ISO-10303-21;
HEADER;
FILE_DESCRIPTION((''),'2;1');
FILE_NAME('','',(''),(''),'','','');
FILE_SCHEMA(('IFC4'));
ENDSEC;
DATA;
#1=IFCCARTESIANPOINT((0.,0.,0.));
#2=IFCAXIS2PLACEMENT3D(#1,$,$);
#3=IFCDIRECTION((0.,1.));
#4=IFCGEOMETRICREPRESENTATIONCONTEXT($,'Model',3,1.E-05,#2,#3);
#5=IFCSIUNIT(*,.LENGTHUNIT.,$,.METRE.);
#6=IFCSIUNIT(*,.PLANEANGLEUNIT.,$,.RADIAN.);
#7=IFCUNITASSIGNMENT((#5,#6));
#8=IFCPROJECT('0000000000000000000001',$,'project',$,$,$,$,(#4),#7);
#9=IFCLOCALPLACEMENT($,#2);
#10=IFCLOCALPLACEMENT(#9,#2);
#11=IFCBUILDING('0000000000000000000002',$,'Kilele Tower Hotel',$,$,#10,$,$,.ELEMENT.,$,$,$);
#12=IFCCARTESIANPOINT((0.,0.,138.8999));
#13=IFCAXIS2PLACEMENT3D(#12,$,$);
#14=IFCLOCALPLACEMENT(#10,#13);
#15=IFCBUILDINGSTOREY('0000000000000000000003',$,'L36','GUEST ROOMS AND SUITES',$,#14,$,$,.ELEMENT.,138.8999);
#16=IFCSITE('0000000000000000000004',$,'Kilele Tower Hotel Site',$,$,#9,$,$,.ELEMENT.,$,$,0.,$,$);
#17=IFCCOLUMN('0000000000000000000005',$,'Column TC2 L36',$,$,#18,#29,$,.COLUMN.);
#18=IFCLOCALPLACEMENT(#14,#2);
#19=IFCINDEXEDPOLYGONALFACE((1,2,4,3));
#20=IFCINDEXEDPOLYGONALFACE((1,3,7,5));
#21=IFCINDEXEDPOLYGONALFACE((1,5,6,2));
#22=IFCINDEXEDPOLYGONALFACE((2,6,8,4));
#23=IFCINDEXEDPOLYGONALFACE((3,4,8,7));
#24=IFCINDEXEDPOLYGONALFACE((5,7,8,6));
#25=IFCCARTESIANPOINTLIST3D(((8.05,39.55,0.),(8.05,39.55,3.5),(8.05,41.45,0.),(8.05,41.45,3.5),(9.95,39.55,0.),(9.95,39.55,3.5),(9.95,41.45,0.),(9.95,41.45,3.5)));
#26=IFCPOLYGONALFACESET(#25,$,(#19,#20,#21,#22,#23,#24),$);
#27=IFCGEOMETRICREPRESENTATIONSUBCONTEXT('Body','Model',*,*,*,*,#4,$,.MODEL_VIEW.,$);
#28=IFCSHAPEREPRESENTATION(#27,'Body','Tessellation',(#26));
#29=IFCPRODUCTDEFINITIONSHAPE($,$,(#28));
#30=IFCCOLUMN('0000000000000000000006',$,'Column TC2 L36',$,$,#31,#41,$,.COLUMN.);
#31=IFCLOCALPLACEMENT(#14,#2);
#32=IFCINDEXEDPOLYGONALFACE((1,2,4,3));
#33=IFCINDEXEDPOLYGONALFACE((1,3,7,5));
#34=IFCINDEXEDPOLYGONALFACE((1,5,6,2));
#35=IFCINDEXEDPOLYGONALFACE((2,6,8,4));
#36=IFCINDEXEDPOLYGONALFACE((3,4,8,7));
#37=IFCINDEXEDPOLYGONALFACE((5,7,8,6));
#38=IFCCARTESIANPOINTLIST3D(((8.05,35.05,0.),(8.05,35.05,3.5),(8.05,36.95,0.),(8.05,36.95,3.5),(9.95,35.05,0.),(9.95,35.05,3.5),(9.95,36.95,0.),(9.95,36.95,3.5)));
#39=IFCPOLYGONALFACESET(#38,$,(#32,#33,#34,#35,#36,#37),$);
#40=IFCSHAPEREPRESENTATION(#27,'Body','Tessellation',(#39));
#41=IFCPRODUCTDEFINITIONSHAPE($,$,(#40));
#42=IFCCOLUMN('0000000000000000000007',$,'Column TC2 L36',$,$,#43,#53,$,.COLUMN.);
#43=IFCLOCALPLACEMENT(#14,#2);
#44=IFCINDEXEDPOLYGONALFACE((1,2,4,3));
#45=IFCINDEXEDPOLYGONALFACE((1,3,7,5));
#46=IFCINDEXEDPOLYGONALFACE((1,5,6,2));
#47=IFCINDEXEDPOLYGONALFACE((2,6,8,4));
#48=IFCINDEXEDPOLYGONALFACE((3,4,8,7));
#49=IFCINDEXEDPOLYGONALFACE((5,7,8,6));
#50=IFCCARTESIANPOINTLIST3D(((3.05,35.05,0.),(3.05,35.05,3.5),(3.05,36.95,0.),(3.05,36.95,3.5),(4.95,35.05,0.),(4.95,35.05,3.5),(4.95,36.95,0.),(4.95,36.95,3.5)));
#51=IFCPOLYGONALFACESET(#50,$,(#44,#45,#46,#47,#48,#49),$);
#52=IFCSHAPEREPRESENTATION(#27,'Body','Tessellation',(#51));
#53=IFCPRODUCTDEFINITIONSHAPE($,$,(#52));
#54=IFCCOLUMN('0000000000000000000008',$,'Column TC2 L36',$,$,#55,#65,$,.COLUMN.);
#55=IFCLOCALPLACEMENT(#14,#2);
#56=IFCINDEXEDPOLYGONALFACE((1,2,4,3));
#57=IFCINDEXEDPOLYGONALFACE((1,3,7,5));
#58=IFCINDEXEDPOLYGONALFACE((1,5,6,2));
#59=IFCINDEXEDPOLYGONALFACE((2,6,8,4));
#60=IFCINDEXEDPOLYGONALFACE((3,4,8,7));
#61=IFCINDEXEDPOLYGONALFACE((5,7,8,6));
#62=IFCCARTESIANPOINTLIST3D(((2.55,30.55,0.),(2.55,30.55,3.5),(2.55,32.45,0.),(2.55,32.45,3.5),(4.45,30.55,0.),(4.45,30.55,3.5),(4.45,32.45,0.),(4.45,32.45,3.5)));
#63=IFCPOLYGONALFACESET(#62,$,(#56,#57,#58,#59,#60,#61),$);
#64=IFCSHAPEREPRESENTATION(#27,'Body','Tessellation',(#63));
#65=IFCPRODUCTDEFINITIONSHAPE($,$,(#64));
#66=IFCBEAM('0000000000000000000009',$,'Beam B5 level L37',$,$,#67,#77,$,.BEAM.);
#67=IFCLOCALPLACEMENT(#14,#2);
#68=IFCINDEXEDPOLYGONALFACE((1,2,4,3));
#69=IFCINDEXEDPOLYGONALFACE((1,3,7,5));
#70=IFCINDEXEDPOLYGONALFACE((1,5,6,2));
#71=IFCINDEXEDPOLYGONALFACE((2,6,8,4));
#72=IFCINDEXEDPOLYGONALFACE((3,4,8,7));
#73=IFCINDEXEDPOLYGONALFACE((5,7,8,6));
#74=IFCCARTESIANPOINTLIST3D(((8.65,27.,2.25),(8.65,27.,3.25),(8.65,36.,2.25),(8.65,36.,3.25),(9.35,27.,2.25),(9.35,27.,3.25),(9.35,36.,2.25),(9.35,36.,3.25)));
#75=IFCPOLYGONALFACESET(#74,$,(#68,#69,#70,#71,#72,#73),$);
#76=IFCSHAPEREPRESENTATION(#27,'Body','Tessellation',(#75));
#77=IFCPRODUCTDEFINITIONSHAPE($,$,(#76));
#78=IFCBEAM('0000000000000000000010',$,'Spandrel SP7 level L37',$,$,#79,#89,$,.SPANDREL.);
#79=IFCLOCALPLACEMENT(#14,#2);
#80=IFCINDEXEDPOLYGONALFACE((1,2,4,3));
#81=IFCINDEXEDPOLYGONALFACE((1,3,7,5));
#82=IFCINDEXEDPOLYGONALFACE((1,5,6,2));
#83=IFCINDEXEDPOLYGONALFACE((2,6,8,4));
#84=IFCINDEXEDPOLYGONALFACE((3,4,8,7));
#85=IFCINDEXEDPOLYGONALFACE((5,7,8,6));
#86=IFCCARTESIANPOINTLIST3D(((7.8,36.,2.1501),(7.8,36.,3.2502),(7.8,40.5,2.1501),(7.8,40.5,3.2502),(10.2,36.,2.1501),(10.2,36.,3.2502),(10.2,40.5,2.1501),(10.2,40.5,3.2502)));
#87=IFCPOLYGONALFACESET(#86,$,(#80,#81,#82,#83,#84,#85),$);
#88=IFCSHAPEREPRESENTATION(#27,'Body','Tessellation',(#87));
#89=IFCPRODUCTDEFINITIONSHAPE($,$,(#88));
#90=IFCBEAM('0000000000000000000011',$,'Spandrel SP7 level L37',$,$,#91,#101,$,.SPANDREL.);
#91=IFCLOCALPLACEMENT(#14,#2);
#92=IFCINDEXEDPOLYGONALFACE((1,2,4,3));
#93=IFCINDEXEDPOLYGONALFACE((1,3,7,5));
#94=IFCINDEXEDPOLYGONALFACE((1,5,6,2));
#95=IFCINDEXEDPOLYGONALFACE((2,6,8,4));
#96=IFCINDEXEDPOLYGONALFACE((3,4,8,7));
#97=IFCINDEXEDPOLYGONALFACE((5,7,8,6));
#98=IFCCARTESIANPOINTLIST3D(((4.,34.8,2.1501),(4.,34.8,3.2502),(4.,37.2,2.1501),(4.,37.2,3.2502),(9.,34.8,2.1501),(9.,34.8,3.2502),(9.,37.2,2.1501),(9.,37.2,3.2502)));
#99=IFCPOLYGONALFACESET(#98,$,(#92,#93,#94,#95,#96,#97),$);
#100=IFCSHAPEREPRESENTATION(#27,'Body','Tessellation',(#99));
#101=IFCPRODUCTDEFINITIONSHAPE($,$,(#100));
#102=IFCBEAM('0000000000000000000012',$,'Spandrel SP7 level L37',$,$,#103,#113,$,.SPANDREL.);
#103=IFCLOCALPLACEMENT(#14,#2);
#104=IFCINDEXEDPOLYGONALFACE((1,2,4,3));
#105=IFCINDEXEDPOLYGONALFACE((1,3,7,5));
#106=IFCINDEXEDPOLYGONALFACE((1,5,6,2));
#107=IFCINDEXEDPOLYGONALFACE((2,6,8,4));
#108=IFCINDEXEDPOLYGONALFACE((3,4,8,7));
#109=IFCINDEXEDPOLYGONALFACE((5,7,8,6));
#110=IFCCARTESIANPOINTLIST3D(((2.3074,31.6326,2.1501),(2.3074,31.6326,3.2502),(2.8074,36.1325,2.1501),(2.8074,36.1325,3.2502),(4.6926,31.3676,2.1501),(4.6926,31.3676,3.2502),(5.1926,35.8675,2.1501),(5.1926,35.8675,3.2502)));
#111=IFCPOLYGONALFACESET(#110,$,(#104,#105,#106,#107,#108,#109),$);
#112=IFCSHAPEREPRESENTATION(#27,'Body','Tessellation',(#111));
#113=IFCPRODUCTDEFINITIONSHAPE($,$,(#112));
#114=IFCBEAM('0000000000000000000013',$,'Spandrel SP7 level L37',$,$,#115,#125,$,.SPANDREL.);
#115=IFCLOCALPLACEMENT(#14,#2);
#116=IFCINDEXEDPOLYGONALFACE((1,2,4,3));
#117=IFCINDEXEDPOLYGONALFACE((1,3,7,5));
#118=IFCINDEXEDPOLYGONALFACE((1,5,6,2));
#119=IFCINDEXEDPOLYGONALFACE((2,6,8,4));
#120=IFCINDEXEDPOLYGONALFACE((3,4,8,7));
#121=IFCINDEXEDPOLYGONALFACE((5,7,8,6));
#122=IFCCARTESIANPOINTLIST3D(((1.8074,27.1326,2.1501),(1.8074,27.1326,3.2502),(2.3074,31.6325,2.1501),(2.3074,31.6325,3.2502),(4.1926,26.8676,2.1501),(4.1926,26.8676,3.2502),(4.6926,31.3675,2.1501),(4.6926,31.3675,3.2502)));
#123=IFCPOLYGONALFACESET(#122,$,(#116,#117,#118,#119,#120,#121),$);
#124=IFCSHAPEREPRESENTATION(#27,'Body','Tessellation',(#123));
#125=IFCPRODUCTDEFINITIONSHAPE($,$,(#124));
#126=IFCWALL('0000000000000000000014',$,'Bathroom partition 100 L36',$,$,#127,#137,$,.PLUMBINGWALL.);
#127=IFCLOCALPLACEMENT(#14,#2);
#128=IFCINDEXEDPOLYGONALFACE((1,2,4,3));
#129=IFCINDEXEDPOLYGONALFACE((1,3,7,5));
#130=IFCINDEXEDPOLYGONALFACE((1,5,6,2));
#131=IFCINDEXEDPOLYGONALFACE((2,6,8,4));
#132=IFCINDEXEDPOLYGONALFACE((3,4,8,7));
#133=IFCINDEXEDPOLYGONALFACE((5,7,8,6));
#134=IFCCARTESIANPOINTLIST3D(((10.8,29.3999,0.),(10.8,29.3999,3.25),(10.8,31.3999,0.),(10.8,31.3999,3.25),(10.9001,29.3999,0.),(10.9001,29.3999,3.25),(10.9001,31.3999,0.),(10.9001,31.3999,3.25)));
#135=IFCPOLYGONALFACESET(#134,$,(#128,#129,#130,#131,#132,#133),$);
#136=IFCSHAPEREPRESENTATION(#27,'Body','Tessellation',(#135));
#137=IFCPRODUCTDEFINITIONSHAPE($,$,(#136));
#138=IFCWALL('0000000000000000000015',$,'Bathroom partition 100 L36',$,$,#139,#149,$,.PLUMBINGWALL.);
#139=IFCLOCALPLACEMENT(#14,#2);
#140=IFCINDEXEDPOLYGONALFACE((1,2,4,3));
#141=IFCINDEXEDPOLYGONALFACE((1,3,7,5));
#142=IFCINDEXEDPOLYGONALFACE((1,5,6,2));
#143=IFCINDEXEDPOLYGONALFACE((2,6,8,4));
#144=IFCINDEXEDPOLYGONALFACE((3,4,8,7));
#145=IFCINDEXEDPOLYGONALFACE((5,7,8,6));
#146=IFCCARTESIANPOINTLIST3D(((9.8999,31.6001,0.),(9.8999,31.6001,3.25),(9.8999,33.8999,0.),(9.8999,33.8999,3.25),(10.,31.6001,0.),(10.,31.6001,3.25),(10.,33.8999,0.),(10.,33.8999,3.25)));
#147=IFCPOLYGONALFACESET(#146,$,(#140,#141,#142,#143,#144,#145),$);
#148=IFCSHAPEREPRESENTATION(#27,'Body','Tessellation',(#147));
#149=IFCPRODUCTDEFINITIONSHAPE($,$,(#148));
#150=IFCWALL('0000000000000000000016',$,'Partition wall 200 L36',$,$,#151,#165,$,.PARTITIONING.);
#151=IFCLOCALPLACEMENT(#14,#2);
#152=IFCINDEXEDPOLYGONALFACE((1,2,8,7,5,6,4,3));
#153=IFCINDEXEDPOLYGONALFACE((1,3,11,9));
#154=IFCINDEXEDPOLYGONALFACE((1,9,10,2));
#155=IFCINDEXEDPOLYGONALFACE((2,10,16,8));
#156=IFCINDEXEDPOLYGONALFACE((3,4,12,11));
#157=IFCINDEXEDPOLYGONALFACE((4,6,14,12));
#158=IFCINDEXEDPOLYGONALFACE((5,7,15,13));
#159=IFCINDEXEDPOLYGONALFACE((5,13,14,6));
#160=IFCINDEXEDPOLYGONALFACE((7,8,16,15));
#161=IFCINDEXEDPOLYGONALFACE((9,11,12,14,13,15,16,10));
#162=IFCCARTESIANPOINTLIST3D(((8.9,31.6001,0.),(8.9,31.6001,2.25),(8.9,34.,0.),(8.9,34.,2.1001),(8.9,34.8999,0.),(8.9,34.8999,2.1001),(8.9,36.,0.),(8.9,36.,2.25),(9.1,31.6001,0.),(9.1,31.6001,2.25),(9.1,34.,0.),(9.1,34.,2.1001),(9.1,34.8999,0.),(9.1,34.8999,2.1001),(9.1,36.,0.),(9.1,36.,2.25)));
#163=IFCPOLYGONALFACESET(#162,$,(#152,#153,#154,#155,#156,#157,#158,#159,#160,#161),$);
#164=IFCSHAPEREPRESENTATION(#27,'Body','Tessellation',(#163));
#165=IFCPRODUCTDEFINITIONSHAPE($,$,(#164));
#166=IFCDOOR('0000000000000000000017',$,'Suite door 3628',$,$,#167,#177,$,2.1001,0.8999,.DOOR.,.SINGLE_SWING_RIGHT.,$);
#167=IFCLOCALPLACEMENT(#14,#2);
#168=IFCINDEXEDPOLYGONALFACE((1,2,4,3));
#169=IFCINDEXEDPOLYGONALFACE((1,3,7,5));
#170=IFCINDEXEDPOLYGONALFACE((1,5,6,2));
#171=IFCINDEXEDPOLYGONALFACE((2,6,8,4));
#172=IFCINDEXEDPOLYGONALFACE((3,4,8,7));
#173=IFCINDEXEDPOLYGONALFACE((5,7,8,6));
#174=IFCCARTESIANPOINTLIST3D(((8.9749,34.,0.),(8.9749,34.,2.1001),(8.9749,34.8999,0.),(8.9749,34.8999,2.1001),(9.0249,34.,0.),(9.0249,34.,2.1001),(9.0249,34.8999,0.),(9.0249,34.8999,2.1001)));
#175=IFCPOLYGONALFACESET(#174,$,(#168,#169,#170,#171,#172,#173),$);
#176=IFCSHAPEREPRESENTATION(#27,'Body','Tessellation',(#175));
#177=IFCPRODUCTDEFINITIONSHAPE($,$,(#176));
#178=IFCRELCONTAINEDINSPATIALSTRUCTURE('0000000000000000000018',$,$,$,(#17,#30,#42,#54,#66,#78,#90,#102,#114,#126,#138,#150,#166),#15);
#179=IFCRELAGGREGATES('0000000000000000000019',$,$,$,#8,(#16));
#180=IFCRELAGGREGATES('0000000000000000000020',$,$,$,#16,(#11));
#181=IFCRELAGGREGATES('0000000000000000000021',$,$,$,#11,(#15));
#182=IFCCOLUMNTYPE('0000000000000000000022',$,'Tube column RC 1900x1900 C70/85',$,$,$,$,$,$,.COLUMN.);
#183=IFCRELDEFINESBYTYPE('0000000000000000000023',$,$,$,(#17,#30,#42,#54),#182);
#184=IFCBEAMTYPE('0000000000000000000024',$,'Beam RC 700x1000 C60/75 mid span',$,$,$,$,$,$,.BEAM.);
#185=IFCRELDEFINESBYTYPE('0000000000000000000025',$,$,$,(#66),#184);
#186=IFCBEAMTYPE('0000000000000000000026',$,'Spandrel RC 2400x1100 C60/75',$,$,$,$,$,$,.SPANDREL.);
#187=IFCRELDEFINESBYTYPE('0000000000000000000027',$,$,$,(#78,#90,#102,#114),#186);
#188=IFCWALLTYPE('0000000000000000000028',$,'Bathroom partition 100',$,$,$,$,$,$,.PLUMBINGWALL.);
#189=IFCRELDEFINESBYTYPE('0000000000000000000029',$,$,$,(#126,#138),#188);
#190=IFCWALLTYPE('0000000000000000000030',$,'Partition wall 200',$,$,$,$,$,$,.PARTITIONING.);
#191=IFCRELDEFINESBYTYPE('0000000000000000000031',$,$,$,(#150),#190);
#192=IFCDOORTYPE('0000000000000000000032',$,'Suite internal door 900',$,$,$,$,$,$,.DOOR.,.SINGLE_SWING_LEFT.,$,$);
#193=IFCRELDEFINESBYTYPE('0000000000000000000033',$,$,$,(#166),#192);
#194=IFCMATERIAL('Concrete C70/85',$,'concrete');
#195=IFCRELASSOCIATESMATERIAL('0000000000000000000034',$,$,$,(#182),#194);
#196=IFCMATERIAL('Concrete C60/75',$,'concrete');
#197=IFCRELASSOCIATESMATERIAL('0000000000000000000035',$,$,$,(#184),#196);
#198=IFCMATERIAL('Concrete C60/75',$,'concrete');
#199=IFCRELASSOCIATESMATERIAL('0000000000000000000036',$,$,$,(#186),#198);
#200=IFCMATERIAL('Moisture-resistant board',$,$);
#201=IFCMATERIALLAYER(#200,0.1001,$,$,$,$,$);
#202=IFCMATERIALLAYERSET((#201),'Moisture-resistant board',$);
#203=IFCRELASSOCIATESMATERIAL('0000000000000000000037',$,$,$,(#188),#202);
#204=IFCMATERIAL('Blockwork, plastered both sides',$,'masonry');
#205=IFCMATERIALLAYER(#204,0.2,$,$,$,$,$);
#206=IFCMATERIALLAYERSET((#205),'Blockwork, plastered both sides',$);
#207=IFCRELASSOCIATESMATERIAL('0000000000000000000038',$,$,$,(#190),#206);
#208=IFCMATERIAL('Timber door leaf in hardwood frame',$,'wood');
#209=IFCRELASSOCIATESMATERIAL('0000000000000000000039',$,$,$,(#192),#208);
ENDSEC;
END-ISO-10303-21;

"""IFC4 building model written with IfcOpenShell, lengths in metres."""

from ifc_helpers import new_model, si_unit, direction, frame, frame_2d, origin, origin_2d, place, context, subcontext, project, spatial, rectangle, extrude, material, layer, layer_set, material_profile, profile_set, type_object, element, fill, save


model = new_model("IFC4")

# Units and contexts
model_context = context("Model", 3, precision=1e-05, world=origin(), true_north=direction((0.0, 1.0)))
body_context = subcontext(model_context, "Body", "Model", "MODEL_VIEW")
ifc_project = project(units=[si_unit("LENGTHUNIT", "METRE"), si_unit("PLANEANGLEUNIT", "RADIAN")], contexts=[model_context])

# Site, building, storey
site_placement = place(None, origin())
site = spatial("IfcSite", under=ifc_project, at=site_placement, Name="Kilele Tower Hotel Site", CompositionType="ELEMENT", RefElevation=0.0)
building_placement = place(site_placement, origin())
building = spatial("IfcBuilding", under=site, at=building_placement, Name="Kilele Tower Hotel", CompositionType="ELEMENT")
storey_placement = place(building_placement, frame((0.0, 0.0, 138.8999)))
storey = spatial("IfcBuildingStorey", under=building, at=storey_placement, Name="L36", Description="GUEST ROOMS AND SUITES", CompositionType="ELEMENT", Elevation=138.8999)

# Columns
ifc_material_1 = material(Name="Concrete C70/85", Category="concrete")
ifc_material_profile_1 = material_profile(ifc_material_1, rectangle(XDim=1.8999, YDim=1.8999, at=origin_2d()))
ifc_profile_set_1 = profile_set([ifc_material_profile_1], Name="Concrete C70/85")
column_type = type_object("IfcColumnType", Name="Tube column RC 1900x1900 C70/85", PredefinedType="COLUMN", material=ifc_profile_set_1)
for number, where, z_axis, x_axis, name in (
    (1, (9.0, 40.5, 0.0), (0.0, 0.0, 1.0), (1.0, 0.0, 0.0), "Column TC2 L36"),
    (2, (9.0, 36.0, 0.0), (0.0, 0.0, 1.0), (1.0, 0.0, 0.0), "Column TC2 L36"),
    (3, (4.0, 36.0, 0.0), (0.0, 0.0, 1.0), (1.0, 0.0, 0.0), "Column TC2 L36"),
    (4, (3.5, 31.5, 0.0), (0.0, 0.0, 1.0), (1.0, 0.0, 0.0), "Column TC2 L36"),
):
    element("IfcColumn", number, at=place(storey_placement, frame(where, z_axis=z_axis, x_axis=x_axis)), inside=storey, type_object=column_type, Name=name, PredefinedType="COLUMN", context=body_context, shape_type="SweptSolid", body=[
        extrude(rectangle(XDim=1.8999, YDim=1.8999, at=origin_2d()), origin(), (0.0, 0.0, 1.0), 3.5),
    ])

# Beams
ifc_material_2 = material(Name="Concrete C60/75", Category="concrete")
ifc_material_profile_2 = material_profile(ifc_material_2, rectangle(XDim=0.7, YDim=1.0, at=origin_2d()))
ifc_profile_set_2 = profile_set([ifc_material_profile_2], Name="Concrete C60/75")
beam_type_1 = type_object("IfcBeamType", Name="Beam RC 700x1000 C60/75 mid span", PredefinedType="BEAM", material=ifc_profile_set_2)
beam_1_placement = place(storey_placement, frame((9.0, 36.0, 2.75), z_axis=(0.0, -1.0, 0.0), x_axis=(1.0, 0.0, 0.0)))
element("IfcBeam", 5, at=beam_1_placement, inside=storey, type_object=beam_type_1, Name="Beam B5 level L37", PredefinedType="BEAM", context=body_context, shape_type="SweptSolid", body=[
    extrude(rectangle(XDim=0.7, YDim=1.0, at=origin_2d()), origin(), (0.0, 0.0, 1.0), 9.0),
])
ifc_material_3 = material(Name="Concrete C60/75", Category="concrete")
ifc_material_profile_3 = material_profile(ifc_material_3, rectangle(XDim=2.3999, YDim=1.1001, at=origin_2d()))
ifc_profile_set_3 = profile_set([ifc_material_profile_3], Name="Concrete C60/75")
beam_type_2 = type_object("IfcBeamType", Name="Spandrel RC 2400x1100 C60/75", PredefinedType="SPANDREL", material=ifc_profile_set_3)
beam_2_placement = place(storey_placement, frame((9.0, 40.5, 2.7002), z_axis=(0.0, -1.0, 0.0), x_axis=(1.0, 0.0, 0.0)))
element("IfcBeam", 6, at=beam_2_placement, inside=storey, type_object=beam_type_2, Name="Spandrel SP7 level L37", PredefinedType="SPANDREL", context=body_context, shape_type="SweptSolid", body=[
    extrude(rectangle(XDim=2.3999, YDim=1.1001, at=origin_2d()), origin(), (0.0, 0.0, 1.0), 4.5),
])
beam_3_placement = place(storey_placement, frame((9.0, 36.0, 2.7002), z_axis=(-1.0, 0.0, 0.0), x_axis=(0.0, -1.0, 0.0)))
element("IfcBeam", 7, at=beam_3_placement, inside=storey, type_object=beam_type_2, Name="Spandrel SP7 level L37", PredefinedType="SPANDREL", context=body_context, shape_type="SweptSolid", body=[
    extrude(rectangle(XDim=2.3999, YDim=1.1001, at=origin_2d()), origin(), (0.0, 0.0, 1.0), 5.0),
])
for number, where, z_axis, x_axis, name in (
    (8, (4.0, 36.0, 2.7002), (-0.110432, -0.993884, 0.0), (0.993884, -0.110432, 0.0), "Spandrel SP7 level L37"),
    (9, (3.5, 31.5, 2.7002), (-0.110432, -0.993884, 0.0), (0.993884, -0.110432, 0.0), "Spandrel SP7 level L37"),
):
    element("IfcBeam", number, at=place(storey_placement, frame(where, z_axis=z_axis, x_axis=x_axis)), inside=storey, type_object=beam_type_2, Name=name, PredefinedType="SPANDREL", context=body_context, shape_type="SweptSolid", body=[
        extrude(rectangle(XDim=2.3999, YDim=1.1001, at=origin_2d()), origin(), (0.0, 0.0, 1.0), 4.5276),
    ])

# Walls
ifc_material_4 = material(Name="Moisture-resistant board")
ifc_layer_1 = layer(ifc_material_4, 0.1001)
ifc_layer_set_1 = layer_set([ifc_layer_1], Name="Moisture-resistant board")
wall_type_1 = type_object("IfcWallType", Name="Bathroom partition 100", PredefinedType="PLUMBINGWALL", material=ifc_layer_set_1)
wall_1_placement = place(storey_placement, frame((10.8501, 31.3999, 0.0), z_axis=(0.0, 0.0, 1.0), x_axis=(0.0, -1.0, 0.0)))
element("IfcWall", 10, at=wall_1_placement, inside=storey, type_object=wall_type_1, Name="Bathroom partition 100 L36", PredefinedType="PLUMBINGWALL", context=body_context, shape_type="SweptSolid", body=[
    extrude(rectangle(XDim=2.0, YDim=0.1001, at=frame_2d((1.0, 0.0))), origin(), (0.0, 0.0, 1.0), 3.25),
])
wall_2_placement = place(storey_placement, frame((9.95, 31.6001, 0.0), z_axis=(0.0, 0.0, 1.0), x_axis=(0.0, 1.0, 0.0)))
element("IfcWall", 11, at=wall_2_placement, inside=storey, type_object=wall_type_1, Name="Bathroom partition 100 L36", PredefinedType="PLUMBINGWALL", context=body_context, shape_type="SweptSolid", body=[
    extrude(rectangle(XDim=2.2998, YDim=0.1001, at=frame_2d((1.1499, 0.0))), origin(), (0.0, 0.0, 1.0), 3.25),
])

# Wall, opening, door
ifc_material_5 = material(Name="Blockwork, plastered both sides", Category="masonry")
ifc_layer_2 = layer(ifc_material_5, 0.2)
ifc_layer_set_2 = layer_set([ifc_layer_2], Name="Blockwork, plastered both sides")
wall_type_2 = type_object("IfcWallType", Name="Partition wall 200", PredefinedType="PARTITIONING", material=ifc_layer_set_2)
wall_3_placement = place(storey_placement, frame((9.0, 31.6001, 0.0), z_axis=(0.0, 0.0, 1.0), x_axis=(0.0, 1.0, 0.0)))
wall_3 = element("IfcWall", 12, at=wall_3_placement, inside=storey, type_object=wall_type_2, Name="Partition wall 200 L36", PredefinedType="PARTITIONING", context=body_context, shape_type="SweptSolid", body=[
    extrude(rectangle(XDim=4.3999, YDim=0.2, at=frame_2d((2.2, 0.0))), origin(), (0.0, 0.0, 1.0), 2.25),
])
opening_1_placement = place(wall_3_placement, frame((3.2998, 0.0, 0.0), z_axis=(0.0, 0.0, 1.0), x_axis=(-1.0, 0.0, 0.0)))
opening_1 = element("IfcOpeningElement", 13, at=opening_1_placement, cuts=wall_3, PredefinedType="OPENING", context=body_context, shape_type="SweptSolid", body=[
    extrude(rectangle(XDim=0.8999, YDim=2.1001, at=frame_2d((0.45, 1.05))), frame((0.0, 0.1099, 0.0), z_axis=(0.0, -1.0, 0.0), x_axis=(1.0, 0.0, 0.0)), (0.0, 0.0, 1.0), 0.22),
])
ifc_material_6 = material(Name="Timber door leaf in hardwood frame", Category="wood")
door_type = type_object("IfcDoorType", Name="Suite internal door 900", OperationType="SINGLE_SWING_LEFT", PredefinedType="DOOR", material=ifc_material_6)
door_placement = place(opening_1_placement, origin())
door = element("IfcDoor", 14, at=door_placement, inside=storey, type_object=door_type, Name="Suite door 3628", OperationType="SINGLE_SWING_RIGHT", OverallHeight=2.1001, OverallWidth=0.8999, PredefinedType="DOOR", context=body_context, shape_type="SweptSolid", body=[
    extrude(rectangle(XDim=0.8999, YDim=2.1001, at=frame_2d((0.45, 1.05))), frame((0.0, 0.0249, 0.0), z_axis=(0.0, -1.0, 0.0), x_axis=(1.0, 0.0, 0.0)), (0.0, 0.0, 1.0), 0.05),
])
fill(opening_1, door)

save(model, "model.ifc")
